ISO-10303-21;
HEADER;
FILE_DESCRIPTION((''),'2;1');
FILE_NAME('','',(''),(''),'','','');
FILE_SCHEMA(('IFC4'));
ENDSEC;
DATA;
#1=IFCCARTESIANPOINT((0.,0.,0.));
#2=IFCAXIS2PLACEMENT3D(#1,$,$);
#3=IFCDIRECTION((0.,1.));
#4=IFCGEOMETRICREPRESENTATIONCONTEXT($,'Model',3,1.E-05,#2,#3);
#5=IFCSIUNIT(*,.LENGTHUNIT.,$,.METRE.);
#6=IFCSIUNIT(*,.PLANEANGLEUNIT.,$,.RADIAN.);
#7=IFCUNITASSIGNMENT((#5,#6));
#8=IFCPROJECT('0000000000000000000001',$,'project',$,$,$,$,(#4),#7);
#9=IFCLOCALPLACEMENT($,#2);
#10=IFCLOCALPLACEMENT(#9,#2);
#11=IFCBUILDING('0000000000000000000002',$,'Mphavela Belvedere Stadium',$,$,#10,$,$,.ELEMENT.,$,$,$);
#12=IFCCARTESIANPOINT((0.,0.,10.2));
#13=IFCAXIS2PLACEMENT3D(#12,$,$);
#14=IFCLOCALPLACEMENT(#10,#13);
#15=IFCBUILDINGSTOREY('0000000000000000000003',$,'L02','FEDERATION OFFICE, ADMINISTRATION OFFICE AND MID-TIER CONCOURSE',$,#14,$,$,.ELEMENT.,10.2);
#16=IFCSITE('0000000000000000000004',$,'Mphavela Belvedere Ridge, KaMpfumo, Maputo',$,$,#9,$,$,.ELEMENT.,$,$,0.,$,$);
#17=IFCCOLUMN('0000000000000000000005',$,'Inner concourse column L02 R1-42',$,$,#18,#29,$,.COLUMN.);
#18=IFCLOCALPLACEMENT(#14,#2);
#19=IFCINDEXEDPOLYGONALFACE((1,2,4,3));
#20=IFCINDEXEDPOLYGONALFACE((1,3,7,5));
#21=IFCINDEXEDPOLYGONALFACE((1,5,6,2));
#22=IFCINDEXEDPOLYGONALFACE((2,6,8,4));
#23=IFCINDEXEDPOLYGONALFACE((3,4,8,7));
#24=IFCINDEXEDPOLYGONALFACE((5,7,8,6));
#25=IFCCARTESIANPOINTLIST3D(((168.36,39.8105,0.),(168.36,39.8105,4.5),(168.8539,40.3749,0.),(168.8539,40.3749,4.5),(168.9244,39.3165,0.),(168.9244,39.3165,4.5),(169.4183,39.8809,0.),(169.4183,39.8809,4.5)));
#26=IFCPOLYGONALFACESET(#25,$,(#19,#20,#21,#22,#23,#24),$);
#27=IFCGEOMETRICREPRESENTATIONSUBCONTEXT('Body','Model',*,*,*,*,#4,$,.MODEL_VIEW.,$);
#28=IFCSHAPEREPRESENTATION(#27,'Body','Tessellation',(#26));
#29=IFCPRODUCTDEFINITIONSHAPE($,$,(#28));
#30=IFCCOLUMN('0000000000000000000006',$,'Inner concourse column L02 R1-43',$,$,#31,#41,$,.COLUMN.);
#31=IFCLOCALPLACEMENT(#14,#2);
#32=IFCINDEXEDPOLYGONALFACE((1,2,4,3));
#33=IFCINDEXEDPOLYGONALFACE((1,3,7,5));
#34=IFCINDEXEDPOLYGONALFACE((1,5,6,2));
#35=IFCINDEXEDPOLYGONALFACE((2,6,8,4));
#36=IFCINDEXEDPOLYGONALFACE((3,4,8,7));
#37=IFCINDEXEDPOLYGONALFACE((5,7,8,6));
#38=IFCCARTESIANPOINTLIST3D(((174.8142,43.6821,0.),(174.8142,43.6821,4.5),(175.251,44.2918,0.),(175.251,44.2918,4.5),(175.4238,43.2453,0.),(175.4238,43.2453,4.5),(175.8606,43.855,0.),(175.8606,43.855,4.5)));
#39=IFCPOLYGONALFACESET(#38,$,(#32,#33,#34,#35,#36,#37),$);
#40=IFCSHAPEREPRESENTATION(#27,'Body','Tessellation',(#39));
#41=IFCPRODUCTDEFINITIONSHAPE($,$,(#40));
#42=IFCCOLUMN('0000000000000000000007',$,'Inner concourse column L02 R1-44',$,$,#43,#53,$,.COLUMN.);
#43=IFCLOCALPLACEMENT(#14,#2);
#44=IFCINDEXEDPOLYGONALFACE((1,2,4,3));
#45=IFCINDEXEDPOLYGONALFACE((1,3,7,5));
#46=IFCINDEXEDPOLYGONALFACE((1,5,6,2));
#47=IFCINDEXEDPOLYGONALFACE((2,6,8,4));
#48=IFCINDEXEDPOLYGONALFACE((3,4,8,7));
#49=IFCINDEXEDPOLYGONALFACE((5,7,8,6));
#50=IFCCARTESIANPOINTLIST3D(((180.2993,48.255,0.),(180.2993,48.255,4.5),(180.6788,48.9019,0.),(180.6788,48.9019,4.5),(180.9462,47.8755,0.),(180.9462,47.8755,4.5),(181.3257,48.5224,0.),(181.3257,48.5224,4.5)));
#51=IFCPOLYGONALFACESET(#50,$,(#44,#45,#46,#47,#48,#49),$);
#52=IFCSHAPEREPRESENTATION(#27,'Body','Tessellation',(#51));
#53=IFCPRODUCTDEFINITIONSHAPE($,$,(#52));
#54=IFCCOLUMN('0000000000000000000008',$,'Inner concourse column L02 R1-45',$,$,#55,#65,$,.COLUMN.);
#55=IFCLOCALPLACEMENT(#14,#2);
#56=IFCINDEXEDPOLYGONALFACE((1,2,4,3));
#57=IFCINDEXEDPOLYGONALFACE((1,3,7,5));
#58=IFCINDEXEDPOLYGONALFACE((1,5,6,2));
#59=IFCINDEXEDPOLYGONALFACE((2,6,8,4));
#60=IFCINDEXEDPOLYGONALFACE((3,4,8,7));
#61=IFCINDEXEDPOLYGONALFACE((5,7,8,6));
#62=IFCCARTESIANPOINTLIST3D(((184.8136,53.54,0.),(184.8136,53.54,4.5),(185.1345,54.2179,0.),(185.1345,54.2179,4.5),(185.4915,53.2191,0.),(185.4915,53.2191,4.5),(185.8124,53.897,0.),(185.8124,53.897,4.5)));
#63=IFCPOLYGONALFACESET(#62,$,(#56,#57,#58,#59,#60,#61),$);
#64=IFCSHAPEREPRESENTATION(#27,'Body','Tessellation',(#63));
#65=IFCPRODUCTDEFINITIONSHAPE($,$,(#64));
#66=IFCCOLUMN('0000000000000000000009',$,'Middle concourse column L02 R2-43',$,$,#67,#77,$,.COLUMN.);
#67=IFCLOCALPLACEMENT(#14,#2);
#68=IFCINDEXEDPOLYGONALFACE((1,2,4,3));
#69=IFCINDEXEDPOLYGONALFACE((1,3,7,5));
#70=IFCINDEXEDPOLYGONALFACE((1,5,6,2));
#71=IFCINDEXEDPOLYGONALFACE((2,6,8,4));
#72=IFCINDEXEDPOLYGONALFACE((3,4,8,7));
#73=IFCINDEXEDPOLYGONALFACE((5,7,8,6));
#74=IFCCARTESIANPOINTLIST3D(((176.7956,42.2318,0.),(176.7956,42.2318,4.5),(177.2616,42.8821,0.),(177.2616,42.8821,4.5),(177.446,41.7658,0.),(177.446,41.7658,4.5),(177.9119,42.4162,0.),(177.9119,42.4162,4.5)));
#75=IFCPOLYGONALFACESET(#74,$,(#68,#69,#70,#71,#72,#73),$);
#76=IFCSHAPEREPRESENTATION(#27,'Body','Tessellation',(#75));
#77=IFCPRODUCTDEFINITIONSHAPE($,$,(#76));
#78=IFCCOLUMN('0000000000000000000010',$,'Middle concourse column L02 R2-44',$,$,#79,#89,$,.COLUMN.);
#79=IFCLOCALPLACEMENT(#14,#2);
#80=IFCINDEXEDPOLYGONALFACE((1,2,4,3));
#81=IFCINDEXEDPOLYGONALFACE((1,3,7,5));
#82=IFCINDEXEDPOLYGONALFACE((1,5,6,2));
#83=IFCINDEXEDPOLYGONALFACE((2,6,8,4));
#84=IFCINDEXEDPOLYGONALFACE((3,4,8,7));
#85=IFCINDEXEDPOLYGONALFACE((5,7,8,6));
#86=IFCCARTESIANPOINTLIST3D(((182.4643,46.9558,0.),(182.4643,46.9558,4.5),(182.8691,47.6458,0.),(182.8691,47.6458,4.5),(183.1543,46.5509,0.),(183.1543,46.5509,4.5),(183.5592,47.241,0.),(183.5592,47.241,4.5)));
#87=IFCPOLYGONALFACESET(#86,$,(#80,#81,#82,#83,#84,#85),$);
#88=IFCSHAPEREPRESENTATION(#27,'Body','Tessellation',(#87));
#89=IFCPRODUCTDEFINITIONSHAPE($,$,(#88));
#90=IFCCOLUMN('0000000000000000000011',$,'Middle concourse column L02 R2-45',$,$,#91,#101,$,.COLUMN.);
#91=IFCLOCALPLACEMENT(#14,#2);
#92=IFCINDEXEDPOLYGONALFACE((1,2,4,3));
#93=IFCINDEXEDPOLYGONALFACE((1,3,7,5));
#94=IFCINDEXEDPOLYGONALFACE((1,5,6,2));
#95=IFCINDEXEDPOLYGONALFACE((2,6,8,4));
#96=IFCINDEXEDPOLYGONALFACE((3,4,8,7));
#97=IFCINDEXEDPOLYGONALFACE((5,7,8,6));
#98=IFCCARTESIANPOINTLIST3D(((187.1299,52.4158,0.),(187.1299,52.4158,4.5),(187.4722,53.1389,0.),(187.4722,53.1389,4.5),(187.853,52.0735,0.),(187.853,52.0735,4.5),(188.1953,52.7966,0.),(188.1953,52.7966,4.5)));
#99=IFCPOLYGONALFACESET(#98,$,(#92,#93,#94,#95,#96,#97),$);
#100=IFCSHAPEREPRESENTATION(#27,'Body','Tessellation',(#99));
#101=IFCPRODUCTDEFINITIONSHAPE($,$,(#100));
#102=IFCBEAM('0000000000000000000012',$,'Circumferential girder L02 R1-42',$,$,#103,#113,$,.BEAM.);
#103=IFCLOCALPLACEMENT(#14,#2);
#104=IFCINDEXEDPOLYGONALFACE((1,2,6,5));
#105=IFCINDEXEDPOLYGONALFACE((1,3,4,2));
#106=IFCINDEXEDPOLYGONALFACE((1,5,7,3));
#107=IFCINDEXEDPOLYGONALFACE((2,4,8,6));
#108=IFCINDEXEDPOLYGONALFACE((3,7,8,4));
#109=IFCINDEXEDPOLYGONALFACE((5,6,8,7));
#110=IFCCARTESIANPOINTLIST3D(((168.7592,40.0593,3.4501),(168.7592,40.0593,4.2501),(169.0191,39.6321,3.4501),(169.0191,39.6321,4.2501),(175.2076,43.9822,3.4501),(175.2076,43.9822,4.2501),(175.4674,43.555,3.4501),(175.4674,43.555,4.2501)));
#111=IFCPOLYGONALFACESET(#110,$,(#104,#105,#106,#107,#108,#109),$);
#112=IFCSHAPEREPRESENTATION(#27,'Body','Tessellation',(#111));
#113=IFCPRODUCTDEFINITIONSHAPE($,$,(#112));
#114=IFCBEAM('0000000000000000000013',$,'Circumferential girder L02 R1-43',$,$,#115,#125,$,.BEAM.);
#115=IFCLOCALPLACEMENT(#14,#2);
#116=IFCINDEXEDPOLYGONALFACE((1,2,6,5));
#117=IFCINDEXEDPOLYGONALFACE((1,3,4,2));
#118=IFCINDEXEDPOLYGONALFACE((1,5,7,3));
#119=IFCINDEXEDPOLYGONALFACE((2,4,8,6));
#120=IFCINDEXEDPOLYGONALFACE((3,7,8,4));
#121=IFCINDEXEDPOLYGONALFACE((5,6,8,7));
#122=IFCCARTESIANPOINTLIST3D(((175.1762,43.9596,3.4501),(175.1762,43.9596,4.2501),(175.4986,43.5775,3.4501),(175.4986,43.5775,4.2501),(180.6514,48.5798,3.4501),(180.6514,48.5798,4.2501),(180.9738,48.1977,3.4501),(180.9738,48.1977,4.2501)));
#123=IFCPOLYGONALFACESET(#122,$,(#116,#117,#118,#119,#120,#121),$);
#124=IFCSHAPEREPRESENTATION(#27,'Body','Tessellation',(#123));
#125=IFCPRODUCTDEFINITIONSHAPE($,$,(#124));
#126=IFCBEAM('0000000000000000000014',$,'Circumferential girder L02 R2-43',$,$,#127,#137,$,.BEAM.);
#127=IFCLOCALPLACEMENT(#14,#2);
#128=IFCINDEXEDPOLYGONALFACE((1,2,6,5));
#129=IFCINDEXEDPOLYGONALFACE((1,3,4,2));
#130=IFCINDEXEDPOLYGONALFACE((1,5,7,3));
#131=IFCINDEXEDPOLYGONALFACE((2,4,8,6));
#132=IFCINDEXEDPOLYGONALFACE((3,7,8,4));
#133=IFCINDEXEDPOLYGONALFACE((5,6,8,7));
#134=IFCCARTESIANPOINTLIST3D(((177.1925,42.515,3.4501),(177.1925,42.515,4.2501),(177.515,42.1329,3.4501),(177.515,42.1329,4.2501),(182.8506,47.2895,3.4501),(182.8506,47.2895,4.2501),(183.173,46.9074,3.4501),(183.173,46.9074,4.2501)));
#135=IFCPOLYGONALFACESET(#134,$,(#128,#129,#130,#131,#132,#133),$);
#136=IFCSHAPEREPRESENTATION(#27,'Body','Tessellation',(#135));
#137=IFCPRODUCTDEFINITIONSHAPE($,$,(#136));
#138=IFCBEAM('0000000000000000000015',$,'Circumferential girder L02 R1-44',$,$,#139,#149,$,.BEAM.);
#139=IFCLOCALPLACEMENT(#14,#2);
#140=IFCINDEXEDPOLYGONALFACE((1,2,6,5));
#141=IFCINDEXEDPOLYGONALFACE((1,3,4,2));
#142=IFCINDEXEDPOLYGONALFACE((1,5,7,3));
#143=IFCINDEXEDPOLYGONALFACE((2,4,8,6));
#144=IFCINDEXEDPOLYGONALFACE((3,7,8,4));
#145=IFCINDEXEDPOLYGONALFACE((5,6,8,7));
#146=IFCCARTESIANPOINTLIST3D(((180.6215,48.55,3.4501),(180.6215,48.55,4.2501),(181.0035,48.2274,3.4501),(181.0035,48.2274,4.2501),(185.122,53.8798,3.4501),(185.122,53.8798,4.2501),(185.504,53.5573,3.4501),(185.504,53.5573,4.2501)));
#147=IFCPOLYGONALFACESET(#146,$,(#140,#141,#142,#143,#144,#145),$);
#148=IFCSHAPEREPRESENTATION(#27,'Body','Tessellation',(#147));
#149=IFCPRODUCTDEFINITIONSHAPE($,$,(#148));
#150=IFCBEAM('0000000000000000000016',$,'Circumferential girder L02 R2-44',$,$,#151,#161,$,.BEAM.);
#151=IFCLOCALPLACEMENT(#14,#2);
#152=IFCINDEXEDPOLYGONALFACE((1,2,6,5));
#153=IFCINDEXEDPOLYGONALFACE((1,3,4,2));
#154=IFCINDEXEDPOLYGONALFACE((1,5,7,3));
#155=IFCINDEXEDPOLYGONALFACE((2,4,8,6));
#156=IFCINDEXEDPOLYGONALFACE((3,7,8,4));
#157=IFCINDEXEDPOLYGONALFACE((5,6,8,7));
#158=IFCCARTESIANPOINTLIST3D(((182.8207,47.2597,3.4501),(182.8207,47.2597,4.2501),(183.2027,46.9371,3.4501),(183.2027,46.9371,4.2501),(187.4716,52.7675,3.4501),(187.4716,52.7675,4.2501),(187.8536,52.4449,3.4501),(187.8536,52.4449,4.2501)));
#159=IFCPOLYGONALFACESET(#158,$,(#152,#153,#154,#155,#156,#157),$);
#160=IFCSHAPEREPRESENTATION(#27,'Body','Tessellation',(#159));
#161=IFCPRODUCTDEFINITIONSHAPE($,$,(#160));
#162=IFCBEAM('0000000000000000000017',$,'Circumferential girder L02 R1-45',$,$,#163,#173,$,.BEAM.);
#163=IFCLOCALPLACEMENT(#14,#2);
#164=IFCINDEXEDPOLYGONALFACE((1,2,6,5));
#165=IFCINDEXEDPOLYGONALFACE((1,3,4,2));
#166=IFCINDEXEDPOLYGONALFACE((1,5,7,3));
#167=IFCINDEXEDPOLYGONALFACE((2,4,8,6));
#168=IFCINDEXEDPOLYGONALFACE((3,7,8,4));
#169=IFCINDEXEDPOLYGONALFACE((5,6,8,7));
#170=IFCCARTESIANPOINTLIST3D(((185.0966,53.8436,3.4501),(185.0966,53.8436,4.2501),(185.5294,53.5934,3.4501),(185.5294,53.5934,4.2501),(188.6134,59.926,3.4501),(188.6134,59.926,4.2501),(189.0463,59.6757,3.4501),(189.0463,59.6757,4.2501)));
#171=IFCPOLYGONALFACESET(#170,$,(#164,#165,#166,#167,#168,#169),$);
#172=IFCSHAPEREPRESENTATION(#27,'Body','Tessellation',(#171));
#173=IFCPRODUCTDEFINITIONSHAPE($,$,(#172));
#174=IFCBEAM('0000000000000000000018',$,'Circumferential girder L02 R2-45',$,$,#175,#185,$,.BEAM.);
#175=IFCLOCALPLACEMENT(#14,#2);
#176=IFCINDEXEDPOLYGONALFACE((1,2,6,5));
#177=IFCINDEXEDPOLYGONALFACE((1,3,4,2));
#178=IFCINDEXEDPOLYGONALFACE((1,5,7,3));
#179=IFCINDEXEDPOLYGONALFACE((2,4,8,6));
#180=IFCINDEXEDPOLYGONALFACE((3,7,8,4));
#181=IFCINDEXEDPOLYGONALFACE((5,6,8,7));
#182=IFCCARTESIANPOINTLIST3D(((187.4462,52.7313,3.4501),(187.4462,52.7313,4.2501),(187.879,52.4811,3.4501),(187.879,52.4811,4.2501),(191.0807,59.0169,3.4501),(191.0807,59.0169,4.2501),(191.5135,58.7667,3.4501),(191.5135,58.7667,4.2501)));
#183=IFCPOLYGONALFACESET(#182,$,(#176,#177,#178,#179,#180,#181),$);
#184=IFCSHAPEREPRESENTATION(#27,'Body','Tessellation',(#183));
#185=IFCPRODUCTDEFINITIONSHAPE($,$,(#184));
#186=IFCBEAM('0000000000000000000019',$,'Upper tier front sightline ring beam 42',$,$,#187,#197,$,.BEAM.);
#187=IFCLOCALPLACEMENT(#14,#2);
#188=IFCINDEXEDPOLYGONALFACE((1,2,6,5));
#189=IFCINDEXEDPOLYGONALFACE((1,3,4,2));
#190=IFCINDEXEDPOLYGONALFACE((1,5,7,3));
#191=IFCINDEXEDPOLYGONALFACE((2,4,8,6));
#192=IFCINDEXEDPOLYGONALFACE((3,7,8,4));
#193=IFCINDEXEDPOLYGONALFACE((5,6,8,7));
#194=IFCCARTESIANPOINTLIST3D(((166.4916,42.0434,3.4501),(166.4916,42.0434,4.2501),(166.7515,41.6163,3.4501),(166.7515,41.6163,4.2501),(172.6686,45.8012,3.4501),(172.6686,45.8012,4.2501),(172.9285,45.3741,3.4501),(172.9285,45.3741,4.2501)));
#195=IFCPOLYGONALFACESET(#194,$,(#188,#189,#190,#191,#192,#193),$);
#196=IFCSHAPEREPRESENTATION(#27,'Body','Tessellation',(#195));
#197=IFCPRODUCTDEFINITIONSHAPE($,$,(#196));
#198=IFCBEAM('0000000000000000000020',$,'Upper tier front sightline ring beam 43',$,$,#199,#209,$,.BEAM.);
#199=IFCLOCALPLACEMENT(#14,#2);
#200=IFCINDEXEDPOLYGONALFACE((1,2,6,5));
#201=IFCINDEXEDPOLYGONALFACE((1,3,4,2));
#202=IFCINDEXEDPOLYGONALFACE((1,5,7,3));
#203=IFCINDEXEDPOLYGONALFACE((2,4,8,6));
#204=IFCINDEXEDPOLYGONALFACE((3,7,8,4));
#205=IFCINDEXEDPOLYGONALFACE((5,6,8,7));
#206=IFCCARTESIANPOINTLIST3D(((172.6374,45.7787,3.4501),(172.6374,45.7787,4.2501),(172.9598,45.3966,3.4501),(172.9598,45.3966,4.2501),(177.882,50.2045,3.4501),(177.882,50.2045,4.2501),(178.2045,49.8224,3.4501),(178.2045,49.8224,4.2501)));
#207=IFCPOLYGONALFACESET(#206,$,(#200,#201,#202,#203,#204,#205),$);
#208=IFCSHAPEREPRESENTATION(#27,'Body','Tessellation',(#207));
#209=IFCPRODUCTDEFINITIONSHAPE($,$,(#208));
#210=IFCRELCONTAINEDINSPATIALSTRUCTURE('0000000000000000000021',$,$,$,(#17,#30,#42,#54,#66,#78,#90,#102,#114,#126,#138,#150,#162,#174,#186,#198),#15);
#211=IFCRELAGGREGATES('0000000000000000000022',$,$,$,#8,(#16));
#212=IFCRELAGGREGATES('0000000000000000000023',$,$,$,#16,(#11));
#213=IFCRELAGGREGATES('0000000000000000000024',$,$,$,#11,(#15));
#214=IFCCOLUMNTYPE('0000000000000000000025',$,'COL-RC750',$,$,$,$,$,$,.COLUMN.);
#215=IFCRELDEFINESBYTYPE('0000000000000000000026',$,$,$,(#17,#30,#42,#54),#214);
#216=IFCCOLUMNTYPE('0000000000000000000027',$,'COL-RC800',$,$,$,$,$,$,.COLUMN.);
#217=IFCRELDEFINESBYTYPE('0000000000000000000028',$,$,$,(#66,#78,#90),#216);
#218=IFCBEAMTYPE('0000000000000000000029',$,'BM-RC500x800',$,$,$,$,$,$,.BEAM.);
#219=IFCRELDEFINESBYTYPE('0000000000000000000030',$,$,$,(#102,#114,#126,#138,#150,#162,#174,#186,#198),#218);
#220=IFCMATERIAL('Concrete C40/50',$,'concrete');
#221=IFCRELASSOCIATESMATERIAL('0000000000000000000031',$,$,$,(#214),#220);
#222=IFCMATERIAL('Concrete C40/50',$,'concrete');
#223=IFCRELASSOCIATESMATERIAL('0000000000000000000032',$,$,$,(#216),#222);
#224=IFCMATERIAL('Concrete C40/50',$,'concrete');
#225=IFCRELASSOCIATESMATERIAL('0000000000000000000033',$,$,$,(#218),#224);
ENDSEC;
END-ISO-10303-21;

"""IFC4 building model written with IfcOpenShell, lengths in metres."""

from ifc_helpers import new_model, si_unit, direction, frame, origin, origin_2d, place, context, subcontext, project, spatial, rectangle, extrude, material, material_profile, profile_set, type_object, element, save


model = new_model("IFC4")

# Units and contexts
model_context = context("Model", 3, precision=1e-05, world=origin(), true_north=direction((0.0, 1.0)))
body_context = subcontext(model_context, "Body", "Model", "MODEL_VIEW")
ifc_project = project(units=[si_unit("LENGTHUNIT", "METRE"), si_unit("PLANEANGLEUNIT", "RADIAN")], contexts=[model_context])

# Site, building, storey
site_placement = place(None, origin())
site = spatial("IfcSite", under=ifc_project, at=site_placement, Name="Mphavela Belvedere Ridge, KaMpfumo, Maputo", CompositionType="ELEMENT", RefElevation=0.0)
building_placement = place(site_placement, origin())
building = spatial("IfcBuilding", under=site, at=building_placement, Name="Mphavela Belvedere Stadium", CompositionType="ELEMENT")
storey_placement = place(building_placement, frame((0.0, 0.0, 10.2)))
storey = spatial("IfcBuildingStorey", under=building, at=storey_placement, Name="L02", Description="FEDERATION OFFICE, ADMINISTRATION OFFICE AND MID-TIER CONCOURSE", CompositionType="ELEMENT", Elevation=10.2)

# Columns
ifc_material_1 = material(Name="Concrete C40/50", Category="concrete")
ifc_material_profile_1 = material_profile(ifc_material_1, rectangle(XDim=0.75, YDim=0.75, at=origin_2d()), Name="RC 750x750")
ifc_profile_set_1 = profile_set([ifc_material_profile_1], Name="Concrete C40/50")
column_type_1 = type_object("IfcColumnType", Name="COL-RC750", PredefinedType="COLUMN", material=ifc_profile_set_1)
for number, where, z_axis, x_axis, name in (
    (1, (168.8892, 39.8457, 0.0), (0.0, 0.0, 1.0), (0.75253, -0.658558, 0.0), "Inner concourse column L02 R1-42"),
    (2, (175.3374, 43.7686, 0.0), (0.0, 0.0, 1.0), (0.812898, -0.582407, 0.0), "Inner concourse column L02 R1-43"),
    (3, (180.8125, 48.3887, 0.0), (0.0, 0.0, 1.0), (0.862514, -0.506034, 0.0), "Inner concourse column L02 R1-44"),
    (4, (185.313, 53.7185, 0.0), (0.0, 0.0, 1.0), (0.903859, -0.427831, 0.0), "Inner concourse column L02 R1-45"),
):
    element("IfcColumn", number, at=place(storey_placement, frame(where, z_axis=z_axis, x_axis=x_axis)), inside=storey, type_object=column_type_1, Name=name, PredefinedType="COLUMN", context=body_context, shape_type="SweptSolid", body=[
        extrude(rectangle(XDim=0.75, YDim=0.75, at=origin_2d()), origin(), (0.0, 0.0, 1.0), 4.5),
    ])
ifc_material_2 = material(Name="Concrete C40/50", Category="concrete")
ifc_material_profile_2 = material_profile(ifc_material_2, rectangle(XDim=0.8, YDim=0.8, at=origin_2d()), Name="RC 800x800")
ifc_profile_set_2 = profile_set([ifc_material_profile_2], Name="Concrete C40/50")
column_type_2 = type_object("IfcColumnType", Name="COL-RC800", PredefinedType="COLUMN", material=ifc_profile_set_2)
for number, where, z_axis, x_axis, name in (
    (5, (177.3538, 42.324, 0.0), (0.0, 0.0, 1.0), (0.812898, -0.582407, 0.0), "Middle concourse column L02 R2-43"),
    (6, (183.0117, 47.0984, 0.0), (0.0, 0.0, 1.0), (0.862514, -0.506034, 0.0), "Middle concourse column L02 R2-44"),
    (7, (187.6626, 52.6062, 0.0), (0.0, 0.0, 1.0), (0.903859, -0.427831, 0.0), "Middle concourse column L02 R2-45"),
):
    element("IfcColumn", number, at=place(storey_placement, frame(where, z_axis=z_axis, x_axis=x_axis)), inside=storey, type_object=column_type_2, Name=name, PredefinedType="COLUMN", context=body_context, shape_type="SweptSolid", body=[
        extrude(rectangle(XDim=0.8, YDim=0.8, at=origin_2d()), origin(), (0.0, 0.0, 1.0), 4.5),
    ])

# Beams
ifc_material_3 = material(Name="Concrete C40/50", Category="concrete")
ifc_material_profile_3 = material_profile(ifc_material_3, rectangle(XDim=0.5, YDim=0.8, at=origin_2d()), Name="RC 500x800")
ifc_profile_set_3 = profile_set([ifc_material_profile_3], Name="Concrete C40/50")
beam_type_1 = type_object("IfcBeamType", Name="BM-RC500x800", PredefinedType="BEAM", material=ifc_profile_set_3)
beam_1_placement = place(storey_placement, frame((168.8892, 39.8457, 3.8501), z_axis=(0.854326, 0.519738, 0.0), x_axis=(-0.519738, 0.854326, 0.0)))
element("IfcBeam", 8, at=beam_1_placement, inside=storey, type_object=beam_type_1, Name="Circumferential girder L02 R1-42", PredefinedType="BEAM", context=body_context, shape_type="SweptSolid", body=[
    extrude(rectangle(XDim=0.5, YDim=0.8, at=origin_2d()), origin(), (0.0, 0.0, 1.0), 7.5479),
])
beam_2_placement = place(storey_placement, frame((175.3374, 43.7686, 3.8501), z_axis=(0.764257, 0.644912, 0.0), x_axis=(-0.644912, 0.764257, 0.0)))
element("IfcBeam", 9, at=beam_2_placement, inside=storey, type_object=beam_type_1, Name="Circumferential girder L02 R1-43", PredefinedType="BEAM", context=body_context, shape_type="SweptSolid", body=[
    extrude(rectangle(XDim=0.5, YDim=0.8, at=origin_2d()), origin(), (0.0, 0.0, 1.0), 7.1641),
])
beam_3_placement = place(storey_placement, frame((177.3538, 42.324, 3.8501), z_axis=(0.764257, 0.644911, 0.0), x_axis=(-0.644911, 0.764257, 0.0)))
element("IfcBeam", 10, at=beam_3_placement, inside=storey, type_object=beam_type_1, Name="Circumferential girder L02 R2-43", PredefinedType="BEAM", context=body_context, shape_type="SweptSolid", body=[
    extrude(rectangle(XDim=0.5, YDim=0.8, at=origin_2d()), origin(), (0.0, 0.0, 1.0), 7.4033),
])
beam_4_placement = place(storey_placement, frame((180.8125, 48.3887, 3.8501), z_axis=(0.645159, 0.764048, 0.0), x_axis=(-0.764048, 0.645159, 0.0)))
element("IfcBeam", 11, at=beam_4_placement, inside=storey, type_object=beam_type_1, Name="Circumferential girder L02 R1-44", PredefinedType="BEAM", context=body_context, shape_type="SweptSolid", body=[
    extrude(rectangle(XDim=0.5, YDim=0.8, at=origin_2d()), origin(), (0.0, 0.0, 1.0), 6.9758),
])
beam_5_placement = place(storey_placement, frame((183.0117, 47.0984, 3.8501), z_axis=(0.645168, 0.764041, 0.0), x_axis=(-0.764041, 0.645168, 0.0)))
element("IfcBeam", 12, at=beam_5_placement, inside=storey, type_object=beam_type_1, Name="Circumferential girder L02 R2-44", PredefinedType="BEAM", context=body_context, shape_type="SweptSolid", body=[
    extrude(rectangle(XDim=0.5, YDim=0.8, at=origin_2d()), origin(), (0.0, 0.0, 1.0), 7.2087),
])
beam_6_placement = place(storey_placement, frame((185.313, 53.7185, 3.8501), z_axis=(0.50056, 0.865702, 0.0), x_axis=(-0.865702, 0.50056, 0.0)))
element("IfcBeam", 13, at=beam_6_placement, inside=storey, type_object=beam_type_1, Name="Circumferential girder L02 R1-45", PredefinedType="BEAM", context=body_context, shape_type="SweptSolid", body=[
    extrude(rectangle(XDim=0.5, YDim=0.8, at=origin_2d()), origin(), (0.0, 0.0, 1.0), 7.0259),
])
beam_7_placement = place(storey_placement, frame((187.6626, 52.6062, 3.8501), z_axis=(0.500568, 0.865697, 0.0), x_axis=(-0.865697, 0.500568, 0.0)))
element("IfcBeam", 14, at=beam_7_placement, inside=storey, type_object=beam_type_1, Name="Circumferential girder L02 R2-45", PredefinedType="BEAM", context=body_context, shape_type="SweptSolid", body=[
    extrude(rectangle(XDim=0.5, YDim=0.8, at=origin_2d()), origin(), (0.0, 0.0, 1.0), 7.2607),
])
beam_8_placement = place(storey_placement, frame((166.6216, 41.8298, 3.8501), z_axis=(0.854328, 0.519735, 0.0), x_axis=(-0.519735, 0.854328, 0.0)))
element("IfcBeam", 15, at=beam_8_placement, inside=storey, type_object=beam_type_1, Name="Upper tier front sightline ring beam 42", PredefinedType="BEAM", context=body_context, shape_type="SweptSolid", body=[
    extrude(rectangle(XDim=0.5, YDim=0.8, at=origin_2d()), origin(), (0.0, 0.0, 1.0), 7.2302),
])
beam_9_placement = place(storey_placement, frame((172.7986, 45.5876, 3.8501), z_axis=(0.764247, 0.644924, 0.0), x_axis=(-0.644924, 0.764247, 0.0)))
element("IfcBeam", 16, at=beam_9_placement, inside=storey, type_object=beam_type_1, Name="Upper tier front sightline ring beam 43", PredefinedType="BEAM", context=body_context, shape_type="SweptSolid", body=[
    extrude(rectangle(XDim=0.5, YDim=0.8, at=origin_2d()), origin(), (0.0, 0.0, 1.0), 6.8625),
])

save(model, "model.ifc")
